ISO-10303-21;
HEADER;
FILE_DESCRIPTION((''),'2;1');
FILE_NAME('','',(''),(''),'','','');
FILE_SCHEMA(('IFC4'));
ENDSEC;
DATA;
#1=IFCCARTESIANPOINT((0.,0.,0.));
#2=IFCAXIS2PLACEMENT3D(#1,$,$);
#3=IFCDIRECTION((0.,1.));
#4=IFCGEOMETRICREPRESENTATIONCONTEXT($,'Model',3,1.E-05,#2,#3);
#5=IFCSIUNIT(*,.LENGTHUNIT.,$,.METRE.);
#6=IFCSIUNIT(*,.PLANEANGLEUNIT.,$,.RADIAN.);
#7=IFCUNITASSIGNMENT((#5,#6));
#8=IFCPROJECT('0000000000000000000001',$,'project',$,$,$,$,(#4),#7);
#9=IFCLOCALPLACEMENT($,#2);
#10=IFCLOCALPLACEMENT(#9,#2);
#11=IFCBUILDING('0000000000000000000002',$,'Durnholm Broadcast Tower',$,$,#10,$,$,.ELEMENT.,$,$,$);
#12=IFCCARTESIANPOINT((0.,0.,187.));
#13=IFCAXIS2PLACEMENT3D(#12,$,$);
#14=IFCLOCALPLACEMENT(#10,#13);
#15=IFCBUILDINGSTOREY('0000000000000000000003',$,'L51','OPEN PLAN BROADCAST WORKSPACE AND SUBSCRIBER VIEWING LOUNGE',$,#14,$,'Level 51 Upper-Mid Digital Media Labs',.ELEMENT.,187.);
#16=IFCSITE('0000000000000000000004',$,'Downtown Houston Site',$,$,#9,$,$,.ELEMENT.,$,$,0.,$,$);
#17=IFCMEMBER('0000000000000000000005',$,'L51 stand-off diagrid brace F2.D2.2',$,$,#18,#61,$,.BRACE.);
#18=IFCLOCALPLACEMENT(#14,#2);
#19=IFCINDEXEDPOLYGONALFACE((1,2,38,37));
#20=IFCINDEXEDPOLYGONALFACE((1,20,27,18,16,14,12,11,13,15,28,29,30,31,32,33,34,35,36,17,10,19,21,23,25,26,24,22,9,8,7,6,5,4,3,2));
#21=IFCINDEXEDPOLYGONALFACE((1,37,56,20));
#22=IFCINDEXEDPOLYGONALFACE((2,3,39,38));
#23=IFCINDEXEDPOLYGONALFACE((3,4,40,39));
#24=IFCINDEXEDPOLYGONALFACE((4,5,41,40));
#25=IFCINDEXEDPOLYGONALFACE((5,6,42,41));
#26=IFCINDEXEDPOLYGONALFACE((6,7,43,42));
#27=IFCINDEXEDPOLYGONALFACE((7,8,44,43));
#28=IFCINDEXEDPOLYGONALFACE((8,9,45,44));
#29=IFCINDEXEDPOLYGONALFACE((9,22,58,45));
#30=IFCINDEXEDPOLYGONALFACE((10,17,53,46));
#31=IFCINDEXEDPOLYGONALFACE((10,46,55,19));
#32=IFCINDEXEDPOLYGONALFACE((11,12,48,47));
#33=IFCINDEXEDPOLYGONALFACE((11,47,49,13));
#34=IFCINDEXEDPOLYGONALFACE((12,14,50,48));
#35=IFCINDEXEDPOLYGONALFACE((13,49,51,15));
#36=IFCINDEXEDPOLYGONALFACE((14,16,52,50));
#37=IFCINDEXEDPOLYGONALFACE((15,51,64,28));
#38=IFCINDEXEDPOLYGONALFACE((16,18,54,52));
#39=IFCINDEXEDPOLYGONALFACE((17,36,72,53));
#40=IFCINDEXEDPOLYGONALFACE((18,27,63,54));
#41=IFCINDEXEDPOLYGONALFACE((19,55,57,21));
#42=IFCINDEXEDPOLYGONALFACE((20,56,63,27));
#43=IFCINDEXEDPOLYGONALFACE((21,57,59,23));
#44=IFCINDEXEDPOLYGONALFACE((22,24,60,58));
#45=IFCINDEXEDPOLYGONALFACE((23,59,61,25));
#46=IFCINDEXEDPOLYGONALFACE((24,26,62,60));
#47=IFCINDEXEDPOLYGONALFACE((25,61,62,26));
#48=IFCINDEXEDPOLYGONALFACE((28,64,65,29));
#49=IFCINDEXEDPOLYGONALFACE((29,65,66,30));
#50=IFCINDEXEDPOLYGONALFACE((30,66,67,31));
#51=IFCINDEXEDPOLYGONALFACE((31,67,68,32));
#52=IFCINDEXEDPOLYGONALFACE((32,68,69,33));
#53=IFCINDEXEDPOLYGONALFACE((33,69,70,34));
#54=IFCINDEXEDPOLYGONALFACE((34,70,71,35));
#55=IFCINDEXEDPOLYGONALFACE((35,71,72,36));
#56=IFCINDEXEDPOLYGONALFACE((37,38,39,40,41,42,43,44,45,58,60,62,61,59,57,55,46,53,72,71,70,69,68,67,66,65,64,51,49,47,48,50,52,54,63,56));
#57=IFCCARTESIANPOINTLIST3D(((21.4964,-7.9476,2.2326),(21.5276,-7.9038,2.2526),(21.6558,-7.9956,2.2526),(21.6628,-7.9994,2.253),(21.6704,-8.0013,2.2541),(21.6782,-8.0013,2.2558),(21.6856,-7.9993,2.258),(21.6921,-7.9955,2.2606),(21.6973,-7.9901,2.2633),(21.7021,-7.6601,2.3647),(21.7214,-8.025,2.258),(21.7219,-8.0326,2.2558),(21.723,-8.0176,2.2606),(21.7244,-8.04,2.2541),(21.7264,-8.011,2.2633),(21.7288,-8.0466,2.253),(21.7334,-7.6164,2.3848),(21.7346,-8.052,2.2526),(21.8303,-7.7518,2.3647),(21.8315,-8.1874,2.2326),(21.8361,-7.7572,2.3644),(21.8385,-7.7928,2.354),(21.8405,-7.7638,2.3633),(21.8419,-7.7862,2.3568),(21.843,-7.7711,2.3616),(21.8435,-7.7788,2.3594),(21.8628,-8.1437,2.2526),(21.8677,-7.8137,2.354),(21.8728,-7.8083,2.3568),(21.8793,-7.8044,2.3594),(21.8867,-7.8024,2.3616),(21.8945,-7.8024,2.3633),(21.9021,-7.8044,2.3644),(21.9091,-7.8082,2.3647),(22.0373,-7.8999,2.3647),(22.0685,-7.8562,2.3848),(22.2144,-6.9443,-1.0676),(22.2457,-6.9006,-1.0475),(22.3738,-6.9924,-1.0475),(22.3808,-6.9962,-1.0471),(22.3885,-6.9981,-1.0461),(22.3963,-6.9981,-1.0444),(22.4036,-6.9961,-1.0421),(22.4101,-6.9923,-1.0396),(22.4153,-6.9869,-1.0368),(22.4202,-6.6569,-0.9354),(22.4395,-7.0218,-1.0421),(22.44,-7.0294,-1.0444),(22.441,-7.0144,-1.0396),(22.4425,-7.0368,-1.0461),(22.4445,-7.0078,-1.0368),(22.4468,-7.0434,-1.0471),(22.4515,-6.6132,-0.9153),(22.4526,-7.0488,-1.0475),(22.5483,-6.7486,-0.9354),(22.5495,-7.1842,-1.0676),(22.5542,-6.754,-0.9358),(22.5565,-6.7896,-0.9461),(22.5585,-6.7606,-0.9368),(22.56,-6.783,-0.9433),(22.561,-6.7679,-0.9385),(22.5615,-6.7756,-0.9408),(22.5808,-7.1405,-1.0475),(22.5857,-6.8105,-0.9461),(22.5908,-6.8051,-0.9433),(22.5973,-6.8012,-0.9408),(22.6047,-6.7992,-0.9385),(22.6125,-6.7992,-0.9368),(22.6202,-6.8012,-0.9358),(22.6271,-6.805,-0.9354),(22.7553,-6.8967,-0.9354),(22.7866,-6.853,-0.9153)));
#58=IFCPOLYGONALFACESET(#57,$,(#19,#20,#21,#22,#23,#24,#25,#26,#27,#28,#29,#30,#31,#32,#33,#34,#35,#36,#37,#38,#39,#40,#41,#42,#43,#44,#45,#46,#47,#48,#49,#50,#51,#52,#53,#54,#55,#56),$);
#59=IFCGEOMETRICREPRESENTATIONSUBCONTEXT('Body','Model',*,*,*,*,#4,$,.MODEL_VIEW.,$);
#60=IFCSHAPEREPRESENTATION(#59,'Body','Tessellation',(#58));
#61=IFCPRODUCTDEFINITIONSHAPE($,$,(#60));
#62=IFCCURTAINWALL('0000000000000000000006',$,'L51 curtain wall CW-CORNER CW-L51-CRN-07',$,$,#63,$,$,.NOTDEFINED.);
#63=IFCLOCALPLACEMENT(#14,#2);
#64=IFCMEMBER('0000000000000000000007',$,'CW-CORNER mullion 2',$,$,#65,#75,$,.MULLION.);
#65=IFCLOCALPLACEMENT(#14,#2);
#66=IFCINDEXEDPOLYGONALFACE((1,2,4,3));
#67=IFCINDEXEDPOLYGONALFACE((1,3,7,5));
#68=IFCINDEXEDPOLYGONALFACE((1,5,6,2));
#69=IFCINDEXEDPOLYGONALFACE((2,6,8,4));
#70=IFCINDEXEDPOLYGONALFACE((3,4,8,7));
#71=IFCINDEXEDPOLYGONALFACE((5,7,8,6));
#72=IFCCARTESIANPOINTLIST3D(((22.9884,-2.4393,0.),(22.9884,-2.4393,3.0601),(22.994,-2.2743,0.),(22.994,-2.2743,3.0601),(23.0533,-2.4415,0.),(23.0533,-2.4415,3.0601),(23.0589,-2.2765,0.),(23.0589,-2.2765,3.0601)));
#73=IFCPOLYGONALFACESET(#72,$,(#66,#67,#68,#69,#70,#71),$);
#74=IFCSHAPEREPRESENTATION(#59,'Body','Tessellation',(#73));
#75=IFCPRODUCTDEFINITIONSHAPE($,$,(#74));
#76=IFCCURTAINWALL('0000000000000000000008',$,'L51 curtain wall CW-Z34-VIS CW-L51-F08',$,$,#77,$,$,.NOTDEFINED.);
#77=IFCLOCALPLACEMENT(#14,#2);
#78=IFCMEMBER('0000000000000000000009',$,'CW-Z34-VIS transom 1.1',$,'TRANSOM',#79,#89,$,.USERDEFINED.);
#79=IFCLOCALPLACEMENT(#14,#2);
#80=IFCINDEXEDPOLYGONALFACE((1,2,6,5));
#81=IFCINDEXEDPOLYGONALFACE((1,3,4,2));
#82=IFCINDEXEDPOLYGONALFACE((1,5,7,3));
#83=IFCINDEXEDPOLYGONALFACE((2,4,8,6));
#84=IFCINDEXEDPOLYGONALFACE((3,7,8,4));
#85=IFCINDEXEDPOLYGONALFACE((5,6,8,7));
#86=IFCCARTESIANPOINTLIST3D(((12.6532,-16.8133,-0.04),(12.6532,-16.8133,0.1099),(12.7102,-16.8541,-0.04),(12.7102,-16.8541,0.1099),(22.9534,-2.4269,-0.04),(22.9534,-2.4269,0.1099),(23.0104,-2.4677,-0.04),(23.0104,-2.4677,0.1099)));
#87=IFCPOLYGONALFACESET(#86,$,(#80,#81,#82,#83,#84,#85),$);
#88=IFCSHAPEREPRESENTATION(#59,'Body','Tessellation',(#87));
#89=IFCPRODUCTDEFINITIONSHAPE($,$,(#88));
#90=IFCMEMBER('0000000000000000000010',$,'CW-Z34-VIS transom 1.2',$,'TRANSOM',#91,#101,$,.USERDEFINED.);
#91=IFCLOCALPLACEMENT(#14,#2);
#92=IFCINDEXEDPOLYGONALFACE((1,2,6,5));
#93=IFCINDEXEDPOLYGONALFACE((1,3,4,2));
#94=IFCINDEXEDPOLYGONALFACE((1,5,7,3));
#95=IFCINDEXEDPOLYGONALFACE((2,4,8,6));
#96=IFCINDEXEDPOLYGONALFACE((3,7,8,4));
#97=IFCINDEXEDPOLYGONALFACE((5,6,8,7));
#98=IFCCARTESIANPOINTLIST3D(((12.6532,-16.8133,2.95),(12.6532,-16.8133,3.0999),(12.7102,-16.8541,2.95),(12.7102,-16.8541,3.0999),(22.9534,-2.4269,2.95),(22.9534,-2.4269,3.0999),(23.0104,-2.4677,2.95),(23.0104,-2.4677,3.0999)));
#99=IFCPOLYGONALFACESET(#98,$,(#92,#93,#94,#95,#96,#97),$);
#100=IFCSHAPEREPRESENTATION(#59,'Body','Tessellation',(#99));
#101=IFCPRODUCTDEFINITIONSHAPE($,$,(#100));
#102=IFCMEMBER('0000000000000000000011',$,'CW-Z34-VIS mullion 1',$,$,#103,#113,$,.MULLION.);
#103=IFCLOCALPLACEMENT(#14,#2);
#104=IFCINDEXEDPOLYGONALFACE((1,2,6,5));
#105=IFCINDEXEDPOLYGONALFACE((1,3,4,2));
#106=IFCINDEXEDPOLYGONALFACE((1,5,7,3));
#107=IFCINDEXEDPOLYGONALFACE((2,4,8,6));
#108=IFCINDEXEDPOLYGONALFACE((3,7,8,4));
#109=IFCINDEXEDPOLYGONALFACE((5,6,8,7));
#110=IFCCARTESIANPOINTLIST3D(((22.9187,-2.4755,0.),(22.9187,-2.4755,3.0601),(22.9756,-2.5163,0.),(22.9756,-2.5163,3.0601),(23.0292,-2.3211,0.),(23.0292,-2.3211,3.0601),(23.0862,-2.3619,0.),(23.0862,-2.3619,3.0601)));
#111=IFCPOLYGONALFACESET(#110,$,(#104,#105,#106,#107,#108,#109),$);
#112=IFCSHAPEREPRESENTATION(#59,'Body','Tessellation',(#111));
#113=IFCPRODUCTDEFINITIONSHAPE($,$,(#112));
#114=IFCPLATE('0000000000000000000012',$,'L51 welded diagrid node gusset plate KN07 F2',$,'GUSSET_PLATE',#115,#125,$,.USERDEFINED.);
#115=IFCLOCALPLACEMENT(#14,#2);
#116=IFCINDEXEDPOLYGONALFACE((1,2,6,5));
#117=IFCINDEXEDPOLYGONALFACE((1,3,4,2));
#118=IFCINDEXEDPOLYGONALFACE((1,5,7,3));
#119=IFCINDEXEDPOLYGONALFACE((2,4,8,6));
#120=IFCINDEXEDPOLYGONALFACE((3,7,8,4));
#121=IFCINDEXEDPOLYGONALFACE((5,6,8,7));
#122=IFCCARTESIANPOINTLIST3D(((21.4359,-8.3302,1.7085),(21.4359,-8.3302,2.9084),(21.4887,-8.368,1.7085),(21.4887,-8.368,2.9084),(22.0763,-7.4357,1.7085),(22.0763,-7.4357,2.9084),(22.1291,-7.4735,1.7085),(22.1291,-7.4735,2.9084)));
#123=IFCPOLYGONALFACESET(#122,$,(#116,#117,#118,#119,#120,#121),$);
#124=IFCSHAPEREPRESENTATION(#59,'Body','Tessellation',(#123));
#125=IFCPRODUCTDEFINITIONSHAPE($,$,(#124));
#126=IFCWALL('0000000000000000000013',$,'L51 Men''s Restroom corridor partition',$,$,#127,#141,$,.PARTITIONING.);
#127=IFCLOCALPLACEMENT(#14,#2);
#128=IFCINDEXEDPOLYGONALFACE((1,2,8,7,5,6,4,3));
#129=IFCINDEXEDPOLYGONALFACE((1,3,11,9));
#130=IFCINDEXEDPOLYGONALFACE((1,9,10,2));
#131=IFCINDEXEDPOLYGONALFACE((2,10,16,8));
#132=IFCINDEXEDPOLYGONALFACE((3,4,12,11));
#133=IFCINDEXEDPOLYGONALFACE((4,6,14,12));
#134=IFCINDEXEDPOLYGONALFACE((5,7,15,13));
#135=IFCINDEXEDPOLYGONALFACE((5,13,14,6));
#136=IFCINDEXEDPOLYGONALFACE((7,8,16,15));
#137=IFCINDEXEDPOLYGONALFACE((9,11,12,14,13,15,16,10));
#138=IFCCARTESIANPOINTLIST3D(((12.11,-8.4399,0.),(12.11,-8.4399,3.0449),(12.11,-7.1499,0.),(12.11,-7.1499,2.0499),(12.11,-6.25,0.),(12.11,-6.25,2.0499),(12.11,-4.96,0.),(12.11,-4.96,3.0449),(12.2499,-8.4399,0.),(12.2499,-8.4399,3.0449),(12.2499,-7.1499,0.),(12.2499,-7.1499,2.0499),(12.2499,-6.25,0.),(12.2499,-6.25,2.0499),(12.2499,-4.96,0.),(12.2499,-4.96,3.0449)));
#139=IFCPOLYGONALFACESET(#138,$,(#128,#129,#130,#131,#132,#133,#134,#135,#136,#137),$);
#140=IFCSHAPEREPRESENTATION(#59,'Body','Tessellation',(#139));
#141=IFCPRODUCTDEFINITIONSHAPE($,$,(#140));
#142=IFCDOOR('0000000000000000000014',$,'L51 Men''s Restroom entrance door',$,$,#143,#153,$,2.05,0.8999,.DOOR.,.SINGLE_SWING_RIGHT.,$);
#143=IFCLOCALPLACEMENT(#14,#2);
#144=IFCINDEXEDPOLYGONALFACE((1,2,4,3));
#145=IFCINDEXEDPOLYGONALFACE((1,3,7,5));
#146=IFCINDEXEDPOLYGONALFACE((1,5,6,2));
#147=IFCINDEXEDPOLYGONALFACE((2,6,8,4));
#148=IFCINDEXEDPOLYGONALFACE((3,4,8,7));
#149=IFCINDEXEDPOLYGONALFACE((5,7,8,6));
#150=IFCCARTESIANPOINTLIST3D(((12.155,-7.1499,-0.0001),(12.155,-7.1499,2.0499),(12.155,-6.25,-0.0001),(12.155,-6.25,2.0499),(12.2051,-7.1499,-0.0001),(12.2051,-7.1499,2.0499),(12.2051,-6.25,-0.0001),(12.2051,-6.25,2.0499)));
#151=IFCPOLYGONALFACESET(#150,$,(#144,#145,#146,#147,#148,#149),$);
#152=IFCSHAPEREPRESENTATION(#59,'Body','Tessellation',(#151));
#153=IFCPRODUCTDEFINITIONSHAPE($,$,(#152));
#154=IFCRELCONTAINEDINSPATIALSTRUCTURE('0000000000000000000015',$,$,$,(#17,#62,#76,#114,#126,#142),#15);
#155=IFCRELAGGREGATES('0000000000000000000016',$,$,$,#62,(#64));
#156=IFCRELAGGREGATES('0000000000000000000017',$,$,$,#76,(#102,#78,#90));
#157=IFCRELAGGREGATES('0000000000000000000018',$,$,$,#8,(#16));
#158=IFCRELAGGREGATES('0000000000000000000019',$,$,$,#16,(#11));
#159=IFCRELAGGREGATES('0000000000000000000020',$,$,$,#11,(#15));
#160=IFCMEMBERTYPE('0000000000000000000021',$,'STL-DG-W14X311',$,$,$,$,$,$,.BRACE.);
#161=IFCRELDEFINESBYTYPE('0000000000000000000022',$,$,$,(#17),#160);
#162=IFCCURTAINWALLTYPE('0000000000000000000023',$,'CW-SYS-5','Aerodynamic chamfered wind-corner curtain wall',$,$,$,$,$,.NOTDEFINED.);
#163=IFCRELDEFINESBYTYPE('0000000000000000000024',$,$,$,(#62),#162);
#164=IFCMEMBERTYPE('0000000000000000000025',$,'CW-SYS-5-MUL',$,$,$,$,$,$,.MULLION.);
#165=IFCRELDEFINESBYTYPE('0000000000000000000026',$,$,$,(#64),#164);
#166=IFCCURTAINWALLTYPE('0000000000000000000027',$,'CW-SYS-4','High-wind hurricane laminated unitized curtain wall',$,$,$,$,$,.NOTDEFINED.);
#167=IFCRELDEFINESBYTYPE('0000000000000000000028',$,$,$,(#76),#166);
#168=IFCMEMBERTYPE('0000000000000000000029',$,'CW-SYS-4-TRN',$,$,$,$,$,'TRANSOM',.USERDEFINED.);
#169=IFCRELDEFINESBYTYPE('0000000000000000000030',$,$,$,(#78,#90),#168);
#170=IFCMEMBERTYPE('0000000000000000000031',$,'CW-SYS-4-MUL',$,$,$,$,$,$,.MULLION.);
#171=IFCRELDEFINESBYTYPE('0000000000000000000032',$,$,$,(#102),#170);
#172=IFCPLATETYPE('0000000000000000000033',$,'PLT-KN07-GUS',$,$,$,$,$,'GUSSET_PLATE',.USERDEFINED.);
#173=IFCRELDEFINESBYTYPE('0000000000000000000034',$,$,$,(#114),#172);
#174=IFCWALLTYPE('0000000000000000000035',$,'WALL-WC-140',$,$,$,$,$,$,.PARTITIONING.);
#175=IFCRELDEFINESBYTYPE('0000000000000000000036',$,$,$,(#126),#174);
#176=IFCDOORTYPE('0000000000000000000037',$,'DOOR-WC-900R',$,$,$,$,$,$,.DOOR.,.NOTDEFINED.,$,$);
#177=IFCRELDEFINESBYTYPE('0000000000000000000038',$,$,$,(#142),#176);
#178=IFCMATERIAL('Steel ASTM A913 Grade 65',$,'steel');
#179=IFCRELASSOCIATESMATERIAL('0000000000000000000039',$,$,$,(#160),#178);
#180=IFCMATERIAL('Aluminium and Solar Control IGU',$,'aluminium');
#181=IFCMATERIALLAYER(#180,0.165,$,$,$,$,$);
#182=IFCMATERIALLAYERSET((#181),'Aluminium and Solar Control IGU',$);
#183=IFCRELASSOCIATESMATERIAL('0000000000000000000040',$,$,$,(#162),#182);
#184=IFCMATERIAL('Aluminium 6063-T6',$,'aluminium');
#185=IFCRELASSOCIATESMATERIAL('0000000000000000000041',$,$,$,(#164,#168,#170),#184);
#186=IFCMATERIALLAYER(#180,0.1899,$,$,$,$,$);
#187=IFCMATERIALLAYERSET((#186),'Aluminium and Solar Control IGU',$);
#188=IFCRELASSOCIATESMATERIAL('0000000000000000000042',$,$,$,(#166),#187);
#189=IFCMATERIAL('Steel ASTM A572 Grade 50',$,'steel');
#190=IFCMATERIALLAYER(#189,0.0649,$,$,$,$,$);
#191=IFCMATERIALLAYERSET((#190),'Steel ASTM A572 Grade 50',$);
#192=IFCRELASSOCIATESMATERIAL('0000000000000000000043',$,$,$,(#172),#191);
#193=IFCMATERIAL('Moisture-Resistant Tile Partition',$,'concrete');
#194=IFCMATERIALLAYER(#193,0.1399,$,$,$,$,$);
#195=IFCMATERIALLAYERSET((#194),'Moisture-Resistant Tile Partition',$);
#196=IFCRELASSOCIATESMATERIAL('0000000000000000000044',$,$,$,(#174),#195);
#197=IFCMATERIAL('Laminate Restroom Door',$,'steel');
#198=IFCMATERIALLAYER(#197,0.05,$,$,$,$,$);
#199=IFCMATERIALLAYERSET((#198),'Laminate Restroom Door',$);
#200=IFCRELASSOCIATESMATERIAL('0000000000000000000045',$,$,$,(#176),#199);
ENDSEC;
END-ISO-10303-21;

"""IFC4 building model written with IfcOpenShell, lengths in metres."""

from ifc_helpers import new_model, si_unit, direction, frame, frame_2d, origin, origin_2d, place, context, subcontext, project, spatial, rectangle, i_section, extrude, source, transform, mapped, material, layer, layer_set, material_profile, profile_set, type_object, type_shapes, element, fill, aggregate, save


model = new_model("IFC4")

# Units and contexts
model_context = context("Model", 3, precision=1e-05, world=origin(), true_north=direction((0.0, 1.0)))
body_context = subcontext(model_context, "Body", "Model", "MODEL_VIEW")
ifc_project = project(units=[si_unit("LENGTHUNIT", "METRE"), si_unit("PLANEANGLEUNIT", "RADIAN")], contexts=[model_context])

# Site, building, storey
site_placement = place(None, origin())
site = spatial("IfcSite", under=ifc_project, at=site_placement, Name="Downtown Houston Site", CompositionType="ELEMENT", RefElevation=0.0)
building_placement = place(site_placement, origin())
building = spatial("IfcBuilding", under=site, at=building_placement, Name="Durnholm Broadcast Tower", CompositionType="ELEMENT")
storey_placement = place(building_placement, frame((0.0, 0.0, 187.0)))
storey = spatial("IfcBuildingStorey", under=building, at=storey_placement, Name="L51", Description="OPEN PLAN BROADCAST WORKSPACE AND SUBSCRIBER VIEWING LOUNGE", LongName="Level 51 Upper-Mid Digital Media Labs", CompositionType="ELEMENT", Elevation=187.0)

# Member
ifc_material_1 = material(Name="Steel ASTM A913 Grade 65", Category="steel")
ifc_material_profile_1 = material_profile(ifc_material_1, i_section(OverallWidth=0.4121, OverallDepth=0.4348, WebThickness=0.0359, FlangeThickness=0.0574, FilletRadius=0.0305, at=origin_2d()), Name="W14X311")
ifc_profile_set_1 = profile_set([ifc_material_profile_1], Name="Steel ASTM A913 Grade 65")
member_type_1 = type_object("IfcMemberType", Name="STL-DG-W14X311", PredefinedType="BRACE", material=ifc_profile_set_1)
shared_shape_1 = source(origin(), body_context, "Body", "SweptSolid", [
    extrude(i_section(OverallWidth=0.4121, OverallDepth=0.4348, WebThickness=0.0359, FlangeThickness=0.0574, FilletRadius=0.0305, at=origin_2d()), origin(), (0.0, 0.0, 1.0), 3.5232),
])
type_shapes(member_type_1, [shared_shape_1])
for number, where, z_axis, x_axis, name in (
    (1, (22.5005, -6.8987, -0.9915), (-0.203803, -0.284742, 0.936689), (0.813171, -0.582024, 0.0), "L51 stand-off diagrid brace F2.D2.2"),
):
    element("IfcMember", number, at=place(storey_placement, frame(where, z_axis=z_axis, x_axis=x_axis)), inside=storey, type_object=member_type_1, Name=name, PredefinedType="BRACE", context=body_context, shape_type="MappedRepresentation", body=[
        mapped(shared_shape_1, transform((0.0, 0.0, 0.0), x_axis=(1.0, 0.0, 0.0), y_axis=(0.0, 1.0, 0.0), z_axis=(0.0, 0.0, 1.0), scale=1.0)),
    ])

# Curtain wall, member
ifc_material_2 = material(Name="Aluminium and Solar Control IGU", Category="aluminium")
ifc_layer_1 = layer(ifc_material_2, 0.165)
ifc_layer_set_1 = layer_set([ifc_layer_1], Name="Aluminium and Solar Control IGU")
curtain_wall_type_1 = type_object("IfcCurtainWallType", Name="CW-SYS-5", Description="Aerodynamic chamfered wind-corner curtain wall", PredefinedType="NOTDEFINED", material=ifc_layer_set_1)
curtain_wall_1_placement = place(storey_placement, origin())
curtain_wall_1 = element("IfcCurtainWall", 2, at=curtain_wall_1_placement, inside=storey, type_object=curtain_wall_type_1, Name="L51 curtain wall CW-CORNER CW-L51-CRN-07", PredefinedType="NOTDEFINED")
ifc_material_3 = material(Name="Aluminium 6063-T6", Category="aluminium")
ifc_material_profile_2 = material_profile(ifc_material_3, rectangle(XDim=0.0649, YDim=0.165, at=origin_2d()), Name="CWM65X165")
ifc_profile_set_2 = profile_set([ifc_material_profile_2], Name="Aluminium 6063-T6")
member_type_2 = type_object("IfcMemberType", Name="CW-SYS-5-MUL", PredefinedType="MULLION", material=ifc_profile_set_2)
shared_shape_2 = source(origin(), body_context, "Body", "SweptSolid", [
    extrude(rectangle(XDim=0.0649, YDim=0.165, at=origin_2d()), origin(), (0.0, 0.0, 1.0), 3.0601),
])
type_shapes(member_type_2, [shared_shape_2])
member_1_placement = place(storey_placement, frame((23.0237, -2.3579, 0.0), z_axis=(0.0, 0.0, 1.0), x_axis=(0.999425, -0.033913, 0.0)))
member_1 = element("IfcMember", 3, at=member_1_placement, type_object=member_type_2, Name="CW-CORNER mullion 2", PredefinedType="MULLION", context=body_context, shape_type="MappedRepresentation", body=[
    mapped(shared_shape_2, transform((0.0, 0.0, 0.0), x_axis=(1.0, 0.0, 0.0), y_axis=(0.0, 1.0, 0.0), z_axis=(0.0, 0.0, 1.0), scale=1.0)),
])
aggregate(curtain_wall_1, [member_1])

# Curtain wall, members
ifc_layer_2 = layer(ifc_material_2, 0.1899)
ifc_layer_set_2 = layer_set([ifc_layer_2], Name="Aluminium and Solar Control IGU")
curtain_wall_type_2 = type_object("IfcCurtainWallType", Name="CW-SYS-4", Description="High-wind hurricane laminated unitized curtain wall", PredefinedType="NOTDEFINED", material=ifc_layer_set_2)
curtain_wall_2_placement = place(storey_placement, origin())
curtain_wall_2 = element("IfcCurtainWall", 4, at=curtain_wall_2_placement, inside=storey, type_object=curtain_wall_type_2, Name="L51 curtain wall CW-Z34-VIS CW-L51-F08", PredefinedType="NOTDEFINED")
ifc_material_profile_3 = material_profile(ifc_material_3, rectangle(XDim=0.0701, YDim=0.1499, at=origin_2d()), Name="CWT70X150")
ifc_profile_set_3 = profile_set([ifc_material_profile_3], Name="Aluminium 6063-T6")
member_type_3 = type_object("IfcMemberType", Name="CW-SYS-4-TRN", ElementType="TRANSOM", PredefinedType="USERDEFINED", material=ifc_profile_set_3)
shared_shape_3 = source(origin(), body_context, "Body", "SweptSolid", [
    extrude(rectangle(XDim=0.0701, YDim=0.1499, at=origin_2d()), origin(), (0.0, 0.0, 1.0), 17.6936),
])
type_shapes(member_type_3, [shared_shape_3])
member_2_placement = place(storey_placement, frame((22.9819, -2.4473, 0.0349), z_axis=(-0.582145, -0.813085, 0.0), x_axis=(0.813085, -0.582145, 0.0)))
member_2 = element("IfcMember", 5, at=member_2_placement, type_object=member_type_3, Name="CW-Z34-VIS transom 1.1", ObjectType="TRANSOM", PredefinedType="USERDEFINED", context=body_context, shape_type="MappedRepresentation", body=[
    mapped(shared_shape_3, transform((0.0, 0.0, 0.0), x_axis=(1.0, 0.0, 0.0), y_axis=(0.0, 1.0, 0.0), z_axis=(0.0, 0.0, 1.0), scale=1.0)),
])
member_3_placement = place(storey_placement, frame((22.9819, -2.4473, 3.0249), z_axis=(-0.582145, -0.813085, 0.0), x_axis=(0.813085, -0.582145, 0.0)))
member_3 = element("IfcMember", 6, at=member_3_placement, type_object=member_type_3, Name="CW-Z34-VIS transom 1.2", ObjectType="TRANSOM", PredefinedType="USERDEFINED", context=body_context, shape_type="MappedRepresentation", body=[
    mapped(shared_shape_3, transform((0.0, 0.0, 0.0), x_axis=(1.0, 0.0, 0.0), y_axis=(0.0, 1.0, 0.0), z_axis=(0.0, 0.0, 1.0), scale=1.0)),
])
ifc_material_profile_4 = material_profile(ifc_material_3, rectangle(XDim=0.0701, YDim=0.1899, at=origin_2d()), Name="CWM70X190")
ifc_profile_set_4 = profile_set([ifc_material_profile_4], Name="Aluminium 6063-T6")
member_type_4 = type_object("IfcMemberType", Name="CW-SYS-4-MUL", PredefinedType="MULLION", material=ifc_profile_set_4)
shared_shape_4 = source(origin(), body_context, "Body", "SweptSolid", [
    extrude(rectangle(XDim=0.0701, YDim=0.1899, at=origin_2d()), origin(), (0.0, 0.0, 1.0), 3.0601),
])
type_shapes(member_type_4, [shared_shape_4])
member_4_placement = place(storey_placement, frame((23.0024, -2.4187, 0.0), z_axis=(0.0, 0.0, 1.0), x_axis=(0.813089, -0.582139, 0.0)))
member_4 = element("IfcMember", 7, at=member_4_placement, type_object=member_type_4, Name="CW-Z34-VIS mullion 1", PredefinedType="MULLION", context=body_context, shape_type="MappedRepresentation", body=[
    mapped(shared_shape_4, transform((0.0, 0.0, 0.0), x_axis=(1.0, 0.0, 0.0), y_axis=(0.0, 1.0, 0.0), z_axis=(0.0, 0.0, 1.0), scale=1.0)),
])
aggregate(curtain_wall_2, [member_4, member_2, member_3])

# Plate
ifc_material_4 = material(Name="Steel ASTM A572 Grade 50", Category="steel")
ifc_layer_3 = layer(ifc_material_4, 0.0649)
ifc_layer_set_3 = layer_set([ifc_layer_3], Name="Steel ASTM A572 Grade 50")
plate_type = type_object("IfcPlateType", Name="PLT-KN07-GUS", ElementType="GUSSET_PLATE", PredefinedType="USERDEFINED", material=ifc_layer_set_3)
shared_shape_5 = source(origin(), body_context, "Body", "SweptSolid", [
    extrude(rectangle(XDim=1.1001, YDim=0.0649, at=origin_2d()), origin(), (0.0, 0.0, 1.0), 1.2),
])
type_shapes(plate_type, [shared_shape_5])
plate_placement = place(storey_placement, frame((21.7825, -7.9019, 1.7085), z_axis=(0.0, 0.0, 1.0), x_axis=(0.582123, 0.813101, 0.0)))
element("IfcPlate", 8, at=plate_placement, inside=storey, type_object=plate_type, Name="L51 welded diagrid node gusset plate KN07 F2", ObjectType="GUSSET_PLATE", PredefinedType="USERDEFINED", context=body_context, shape_type="MappedRepresentation", body=[
    mapped(shared_shape_5, transform((0.0, 0.0, 0.0), x_axis=(1.0, 0.0, 0.0), y_axis=(0.0, 1.0, 0.0), z_axis=(0.0, 0.0, 1.0), scale=1.0)),
])

# Wall, opening, door
ifc_material_5 = material(Name="Moisture-Resistant Tile Partition", Category="concrete")
ifc_layer_4 = layer(ifc_material_5, 0.1399)
ifc_layer_set_4 = layer_set([ifc_layer_4], Name="Moisture-Resistant Tile Partition")
wall_type = type_object("IfcWallType", Name="WALL-WC-140", PredefinedType="PARTITIONING", material=ifc_layer_set_4)
wall_1_placement = place(storey_placement, frame((12.1799, -8.4399, 0.0), z_axis=(0.0, 0.0, 1.0), x_axis=(0.0, 1.0, 0.0)))
wall_1 = element("IfcWall", 9, at=wall_1_placement, inside=storey, type_object=wall_type, Name="L51 Men's Restroom corridor partition", PredefinedType="PARTITIONING", context=body_context, shape_type="SweptSolid", body=[
    extrude(rectangle(XDim=3.48, YDim=0.1399, at=frame_2d((1.74, 0.0))), origin(), (0.0, 0.0, 1.0), 3.0449),
])
opening_1_placement = place(wall_1_placement, frame((1.29, 0.0, 0.0)))
opening_1 = element("IfcOpeningElement", 10, at=opening_1_placement, cuts=wall_1, PredefinedType="OPENING", context=body_context, shape_type="SweptSolid", body=[
    extrude(rectangle(XDim=0.8999, YDim=2.05, at=frame_2d((0.45, 1.0249))), frame((0.0, 0.0801, 0.0), z_axis=(0.0, -1.0, 0.0), x_axis=(1.0, 0.0, 0.0)), (0.0, 0.0, 1.0), 0.1599),
])
ifc_material_6 = material(Name="Laminate Restroom Door", Category="steel")
ifc_layer_5 = layer(ifc_material_6, 0.05)
ifc_layer_set_5 = layer_set([ifc_layer_5], Name="Laminate Restroom Door")
door_type_1 = type_object("IfcDoorType", Name="DOOR-WC-900R", OperationType="NOTDEFINED", PredefinedType="DOOR", material=ifc_layer_set_5)
shared_shape_6 = source(origin(), body_context, "Body", "SweptSolid", [
    extrude(rectangle(XDim=0.8999, YDim=2.05, at=frame_2d((0.45, 1.0249))), frame((0.0, 0.0249, 0.0), z_axis=(0.0, -1.0, 0.0), x_axis=(1.0, 0.0, 0.0)), (0.0, 0.0, 1.0), 0.05),
])
type_shapes(door_type_1, [shared_shape_6])
door_1_placement = place(opening_1_placement, origin())
door_1 = element("IfcDoor", 11, at=door_1_placement, inside=storey, type_object=door_type_1, Name="L51 Men's Restroom entrance door", OperationType="SINGLE_SWING_RIGHT", OverallHeight=2.05, OverallWidth=0.8999, PredefinedType="DOOR", context=body_context, shape_type="MappedRepresentation", body=[
    mapped(shared_shape_6, transform((0.0, 0.0, 0.0), x_axis=(1.0, 0.0, 0.0), y_axis=(0.0, 1.0, 0.0), z_axis=(0.0, 0.0, 1.0), scale=1.0)),
])
fill(opening_1, door_1)

save(model, "model.ifc")
